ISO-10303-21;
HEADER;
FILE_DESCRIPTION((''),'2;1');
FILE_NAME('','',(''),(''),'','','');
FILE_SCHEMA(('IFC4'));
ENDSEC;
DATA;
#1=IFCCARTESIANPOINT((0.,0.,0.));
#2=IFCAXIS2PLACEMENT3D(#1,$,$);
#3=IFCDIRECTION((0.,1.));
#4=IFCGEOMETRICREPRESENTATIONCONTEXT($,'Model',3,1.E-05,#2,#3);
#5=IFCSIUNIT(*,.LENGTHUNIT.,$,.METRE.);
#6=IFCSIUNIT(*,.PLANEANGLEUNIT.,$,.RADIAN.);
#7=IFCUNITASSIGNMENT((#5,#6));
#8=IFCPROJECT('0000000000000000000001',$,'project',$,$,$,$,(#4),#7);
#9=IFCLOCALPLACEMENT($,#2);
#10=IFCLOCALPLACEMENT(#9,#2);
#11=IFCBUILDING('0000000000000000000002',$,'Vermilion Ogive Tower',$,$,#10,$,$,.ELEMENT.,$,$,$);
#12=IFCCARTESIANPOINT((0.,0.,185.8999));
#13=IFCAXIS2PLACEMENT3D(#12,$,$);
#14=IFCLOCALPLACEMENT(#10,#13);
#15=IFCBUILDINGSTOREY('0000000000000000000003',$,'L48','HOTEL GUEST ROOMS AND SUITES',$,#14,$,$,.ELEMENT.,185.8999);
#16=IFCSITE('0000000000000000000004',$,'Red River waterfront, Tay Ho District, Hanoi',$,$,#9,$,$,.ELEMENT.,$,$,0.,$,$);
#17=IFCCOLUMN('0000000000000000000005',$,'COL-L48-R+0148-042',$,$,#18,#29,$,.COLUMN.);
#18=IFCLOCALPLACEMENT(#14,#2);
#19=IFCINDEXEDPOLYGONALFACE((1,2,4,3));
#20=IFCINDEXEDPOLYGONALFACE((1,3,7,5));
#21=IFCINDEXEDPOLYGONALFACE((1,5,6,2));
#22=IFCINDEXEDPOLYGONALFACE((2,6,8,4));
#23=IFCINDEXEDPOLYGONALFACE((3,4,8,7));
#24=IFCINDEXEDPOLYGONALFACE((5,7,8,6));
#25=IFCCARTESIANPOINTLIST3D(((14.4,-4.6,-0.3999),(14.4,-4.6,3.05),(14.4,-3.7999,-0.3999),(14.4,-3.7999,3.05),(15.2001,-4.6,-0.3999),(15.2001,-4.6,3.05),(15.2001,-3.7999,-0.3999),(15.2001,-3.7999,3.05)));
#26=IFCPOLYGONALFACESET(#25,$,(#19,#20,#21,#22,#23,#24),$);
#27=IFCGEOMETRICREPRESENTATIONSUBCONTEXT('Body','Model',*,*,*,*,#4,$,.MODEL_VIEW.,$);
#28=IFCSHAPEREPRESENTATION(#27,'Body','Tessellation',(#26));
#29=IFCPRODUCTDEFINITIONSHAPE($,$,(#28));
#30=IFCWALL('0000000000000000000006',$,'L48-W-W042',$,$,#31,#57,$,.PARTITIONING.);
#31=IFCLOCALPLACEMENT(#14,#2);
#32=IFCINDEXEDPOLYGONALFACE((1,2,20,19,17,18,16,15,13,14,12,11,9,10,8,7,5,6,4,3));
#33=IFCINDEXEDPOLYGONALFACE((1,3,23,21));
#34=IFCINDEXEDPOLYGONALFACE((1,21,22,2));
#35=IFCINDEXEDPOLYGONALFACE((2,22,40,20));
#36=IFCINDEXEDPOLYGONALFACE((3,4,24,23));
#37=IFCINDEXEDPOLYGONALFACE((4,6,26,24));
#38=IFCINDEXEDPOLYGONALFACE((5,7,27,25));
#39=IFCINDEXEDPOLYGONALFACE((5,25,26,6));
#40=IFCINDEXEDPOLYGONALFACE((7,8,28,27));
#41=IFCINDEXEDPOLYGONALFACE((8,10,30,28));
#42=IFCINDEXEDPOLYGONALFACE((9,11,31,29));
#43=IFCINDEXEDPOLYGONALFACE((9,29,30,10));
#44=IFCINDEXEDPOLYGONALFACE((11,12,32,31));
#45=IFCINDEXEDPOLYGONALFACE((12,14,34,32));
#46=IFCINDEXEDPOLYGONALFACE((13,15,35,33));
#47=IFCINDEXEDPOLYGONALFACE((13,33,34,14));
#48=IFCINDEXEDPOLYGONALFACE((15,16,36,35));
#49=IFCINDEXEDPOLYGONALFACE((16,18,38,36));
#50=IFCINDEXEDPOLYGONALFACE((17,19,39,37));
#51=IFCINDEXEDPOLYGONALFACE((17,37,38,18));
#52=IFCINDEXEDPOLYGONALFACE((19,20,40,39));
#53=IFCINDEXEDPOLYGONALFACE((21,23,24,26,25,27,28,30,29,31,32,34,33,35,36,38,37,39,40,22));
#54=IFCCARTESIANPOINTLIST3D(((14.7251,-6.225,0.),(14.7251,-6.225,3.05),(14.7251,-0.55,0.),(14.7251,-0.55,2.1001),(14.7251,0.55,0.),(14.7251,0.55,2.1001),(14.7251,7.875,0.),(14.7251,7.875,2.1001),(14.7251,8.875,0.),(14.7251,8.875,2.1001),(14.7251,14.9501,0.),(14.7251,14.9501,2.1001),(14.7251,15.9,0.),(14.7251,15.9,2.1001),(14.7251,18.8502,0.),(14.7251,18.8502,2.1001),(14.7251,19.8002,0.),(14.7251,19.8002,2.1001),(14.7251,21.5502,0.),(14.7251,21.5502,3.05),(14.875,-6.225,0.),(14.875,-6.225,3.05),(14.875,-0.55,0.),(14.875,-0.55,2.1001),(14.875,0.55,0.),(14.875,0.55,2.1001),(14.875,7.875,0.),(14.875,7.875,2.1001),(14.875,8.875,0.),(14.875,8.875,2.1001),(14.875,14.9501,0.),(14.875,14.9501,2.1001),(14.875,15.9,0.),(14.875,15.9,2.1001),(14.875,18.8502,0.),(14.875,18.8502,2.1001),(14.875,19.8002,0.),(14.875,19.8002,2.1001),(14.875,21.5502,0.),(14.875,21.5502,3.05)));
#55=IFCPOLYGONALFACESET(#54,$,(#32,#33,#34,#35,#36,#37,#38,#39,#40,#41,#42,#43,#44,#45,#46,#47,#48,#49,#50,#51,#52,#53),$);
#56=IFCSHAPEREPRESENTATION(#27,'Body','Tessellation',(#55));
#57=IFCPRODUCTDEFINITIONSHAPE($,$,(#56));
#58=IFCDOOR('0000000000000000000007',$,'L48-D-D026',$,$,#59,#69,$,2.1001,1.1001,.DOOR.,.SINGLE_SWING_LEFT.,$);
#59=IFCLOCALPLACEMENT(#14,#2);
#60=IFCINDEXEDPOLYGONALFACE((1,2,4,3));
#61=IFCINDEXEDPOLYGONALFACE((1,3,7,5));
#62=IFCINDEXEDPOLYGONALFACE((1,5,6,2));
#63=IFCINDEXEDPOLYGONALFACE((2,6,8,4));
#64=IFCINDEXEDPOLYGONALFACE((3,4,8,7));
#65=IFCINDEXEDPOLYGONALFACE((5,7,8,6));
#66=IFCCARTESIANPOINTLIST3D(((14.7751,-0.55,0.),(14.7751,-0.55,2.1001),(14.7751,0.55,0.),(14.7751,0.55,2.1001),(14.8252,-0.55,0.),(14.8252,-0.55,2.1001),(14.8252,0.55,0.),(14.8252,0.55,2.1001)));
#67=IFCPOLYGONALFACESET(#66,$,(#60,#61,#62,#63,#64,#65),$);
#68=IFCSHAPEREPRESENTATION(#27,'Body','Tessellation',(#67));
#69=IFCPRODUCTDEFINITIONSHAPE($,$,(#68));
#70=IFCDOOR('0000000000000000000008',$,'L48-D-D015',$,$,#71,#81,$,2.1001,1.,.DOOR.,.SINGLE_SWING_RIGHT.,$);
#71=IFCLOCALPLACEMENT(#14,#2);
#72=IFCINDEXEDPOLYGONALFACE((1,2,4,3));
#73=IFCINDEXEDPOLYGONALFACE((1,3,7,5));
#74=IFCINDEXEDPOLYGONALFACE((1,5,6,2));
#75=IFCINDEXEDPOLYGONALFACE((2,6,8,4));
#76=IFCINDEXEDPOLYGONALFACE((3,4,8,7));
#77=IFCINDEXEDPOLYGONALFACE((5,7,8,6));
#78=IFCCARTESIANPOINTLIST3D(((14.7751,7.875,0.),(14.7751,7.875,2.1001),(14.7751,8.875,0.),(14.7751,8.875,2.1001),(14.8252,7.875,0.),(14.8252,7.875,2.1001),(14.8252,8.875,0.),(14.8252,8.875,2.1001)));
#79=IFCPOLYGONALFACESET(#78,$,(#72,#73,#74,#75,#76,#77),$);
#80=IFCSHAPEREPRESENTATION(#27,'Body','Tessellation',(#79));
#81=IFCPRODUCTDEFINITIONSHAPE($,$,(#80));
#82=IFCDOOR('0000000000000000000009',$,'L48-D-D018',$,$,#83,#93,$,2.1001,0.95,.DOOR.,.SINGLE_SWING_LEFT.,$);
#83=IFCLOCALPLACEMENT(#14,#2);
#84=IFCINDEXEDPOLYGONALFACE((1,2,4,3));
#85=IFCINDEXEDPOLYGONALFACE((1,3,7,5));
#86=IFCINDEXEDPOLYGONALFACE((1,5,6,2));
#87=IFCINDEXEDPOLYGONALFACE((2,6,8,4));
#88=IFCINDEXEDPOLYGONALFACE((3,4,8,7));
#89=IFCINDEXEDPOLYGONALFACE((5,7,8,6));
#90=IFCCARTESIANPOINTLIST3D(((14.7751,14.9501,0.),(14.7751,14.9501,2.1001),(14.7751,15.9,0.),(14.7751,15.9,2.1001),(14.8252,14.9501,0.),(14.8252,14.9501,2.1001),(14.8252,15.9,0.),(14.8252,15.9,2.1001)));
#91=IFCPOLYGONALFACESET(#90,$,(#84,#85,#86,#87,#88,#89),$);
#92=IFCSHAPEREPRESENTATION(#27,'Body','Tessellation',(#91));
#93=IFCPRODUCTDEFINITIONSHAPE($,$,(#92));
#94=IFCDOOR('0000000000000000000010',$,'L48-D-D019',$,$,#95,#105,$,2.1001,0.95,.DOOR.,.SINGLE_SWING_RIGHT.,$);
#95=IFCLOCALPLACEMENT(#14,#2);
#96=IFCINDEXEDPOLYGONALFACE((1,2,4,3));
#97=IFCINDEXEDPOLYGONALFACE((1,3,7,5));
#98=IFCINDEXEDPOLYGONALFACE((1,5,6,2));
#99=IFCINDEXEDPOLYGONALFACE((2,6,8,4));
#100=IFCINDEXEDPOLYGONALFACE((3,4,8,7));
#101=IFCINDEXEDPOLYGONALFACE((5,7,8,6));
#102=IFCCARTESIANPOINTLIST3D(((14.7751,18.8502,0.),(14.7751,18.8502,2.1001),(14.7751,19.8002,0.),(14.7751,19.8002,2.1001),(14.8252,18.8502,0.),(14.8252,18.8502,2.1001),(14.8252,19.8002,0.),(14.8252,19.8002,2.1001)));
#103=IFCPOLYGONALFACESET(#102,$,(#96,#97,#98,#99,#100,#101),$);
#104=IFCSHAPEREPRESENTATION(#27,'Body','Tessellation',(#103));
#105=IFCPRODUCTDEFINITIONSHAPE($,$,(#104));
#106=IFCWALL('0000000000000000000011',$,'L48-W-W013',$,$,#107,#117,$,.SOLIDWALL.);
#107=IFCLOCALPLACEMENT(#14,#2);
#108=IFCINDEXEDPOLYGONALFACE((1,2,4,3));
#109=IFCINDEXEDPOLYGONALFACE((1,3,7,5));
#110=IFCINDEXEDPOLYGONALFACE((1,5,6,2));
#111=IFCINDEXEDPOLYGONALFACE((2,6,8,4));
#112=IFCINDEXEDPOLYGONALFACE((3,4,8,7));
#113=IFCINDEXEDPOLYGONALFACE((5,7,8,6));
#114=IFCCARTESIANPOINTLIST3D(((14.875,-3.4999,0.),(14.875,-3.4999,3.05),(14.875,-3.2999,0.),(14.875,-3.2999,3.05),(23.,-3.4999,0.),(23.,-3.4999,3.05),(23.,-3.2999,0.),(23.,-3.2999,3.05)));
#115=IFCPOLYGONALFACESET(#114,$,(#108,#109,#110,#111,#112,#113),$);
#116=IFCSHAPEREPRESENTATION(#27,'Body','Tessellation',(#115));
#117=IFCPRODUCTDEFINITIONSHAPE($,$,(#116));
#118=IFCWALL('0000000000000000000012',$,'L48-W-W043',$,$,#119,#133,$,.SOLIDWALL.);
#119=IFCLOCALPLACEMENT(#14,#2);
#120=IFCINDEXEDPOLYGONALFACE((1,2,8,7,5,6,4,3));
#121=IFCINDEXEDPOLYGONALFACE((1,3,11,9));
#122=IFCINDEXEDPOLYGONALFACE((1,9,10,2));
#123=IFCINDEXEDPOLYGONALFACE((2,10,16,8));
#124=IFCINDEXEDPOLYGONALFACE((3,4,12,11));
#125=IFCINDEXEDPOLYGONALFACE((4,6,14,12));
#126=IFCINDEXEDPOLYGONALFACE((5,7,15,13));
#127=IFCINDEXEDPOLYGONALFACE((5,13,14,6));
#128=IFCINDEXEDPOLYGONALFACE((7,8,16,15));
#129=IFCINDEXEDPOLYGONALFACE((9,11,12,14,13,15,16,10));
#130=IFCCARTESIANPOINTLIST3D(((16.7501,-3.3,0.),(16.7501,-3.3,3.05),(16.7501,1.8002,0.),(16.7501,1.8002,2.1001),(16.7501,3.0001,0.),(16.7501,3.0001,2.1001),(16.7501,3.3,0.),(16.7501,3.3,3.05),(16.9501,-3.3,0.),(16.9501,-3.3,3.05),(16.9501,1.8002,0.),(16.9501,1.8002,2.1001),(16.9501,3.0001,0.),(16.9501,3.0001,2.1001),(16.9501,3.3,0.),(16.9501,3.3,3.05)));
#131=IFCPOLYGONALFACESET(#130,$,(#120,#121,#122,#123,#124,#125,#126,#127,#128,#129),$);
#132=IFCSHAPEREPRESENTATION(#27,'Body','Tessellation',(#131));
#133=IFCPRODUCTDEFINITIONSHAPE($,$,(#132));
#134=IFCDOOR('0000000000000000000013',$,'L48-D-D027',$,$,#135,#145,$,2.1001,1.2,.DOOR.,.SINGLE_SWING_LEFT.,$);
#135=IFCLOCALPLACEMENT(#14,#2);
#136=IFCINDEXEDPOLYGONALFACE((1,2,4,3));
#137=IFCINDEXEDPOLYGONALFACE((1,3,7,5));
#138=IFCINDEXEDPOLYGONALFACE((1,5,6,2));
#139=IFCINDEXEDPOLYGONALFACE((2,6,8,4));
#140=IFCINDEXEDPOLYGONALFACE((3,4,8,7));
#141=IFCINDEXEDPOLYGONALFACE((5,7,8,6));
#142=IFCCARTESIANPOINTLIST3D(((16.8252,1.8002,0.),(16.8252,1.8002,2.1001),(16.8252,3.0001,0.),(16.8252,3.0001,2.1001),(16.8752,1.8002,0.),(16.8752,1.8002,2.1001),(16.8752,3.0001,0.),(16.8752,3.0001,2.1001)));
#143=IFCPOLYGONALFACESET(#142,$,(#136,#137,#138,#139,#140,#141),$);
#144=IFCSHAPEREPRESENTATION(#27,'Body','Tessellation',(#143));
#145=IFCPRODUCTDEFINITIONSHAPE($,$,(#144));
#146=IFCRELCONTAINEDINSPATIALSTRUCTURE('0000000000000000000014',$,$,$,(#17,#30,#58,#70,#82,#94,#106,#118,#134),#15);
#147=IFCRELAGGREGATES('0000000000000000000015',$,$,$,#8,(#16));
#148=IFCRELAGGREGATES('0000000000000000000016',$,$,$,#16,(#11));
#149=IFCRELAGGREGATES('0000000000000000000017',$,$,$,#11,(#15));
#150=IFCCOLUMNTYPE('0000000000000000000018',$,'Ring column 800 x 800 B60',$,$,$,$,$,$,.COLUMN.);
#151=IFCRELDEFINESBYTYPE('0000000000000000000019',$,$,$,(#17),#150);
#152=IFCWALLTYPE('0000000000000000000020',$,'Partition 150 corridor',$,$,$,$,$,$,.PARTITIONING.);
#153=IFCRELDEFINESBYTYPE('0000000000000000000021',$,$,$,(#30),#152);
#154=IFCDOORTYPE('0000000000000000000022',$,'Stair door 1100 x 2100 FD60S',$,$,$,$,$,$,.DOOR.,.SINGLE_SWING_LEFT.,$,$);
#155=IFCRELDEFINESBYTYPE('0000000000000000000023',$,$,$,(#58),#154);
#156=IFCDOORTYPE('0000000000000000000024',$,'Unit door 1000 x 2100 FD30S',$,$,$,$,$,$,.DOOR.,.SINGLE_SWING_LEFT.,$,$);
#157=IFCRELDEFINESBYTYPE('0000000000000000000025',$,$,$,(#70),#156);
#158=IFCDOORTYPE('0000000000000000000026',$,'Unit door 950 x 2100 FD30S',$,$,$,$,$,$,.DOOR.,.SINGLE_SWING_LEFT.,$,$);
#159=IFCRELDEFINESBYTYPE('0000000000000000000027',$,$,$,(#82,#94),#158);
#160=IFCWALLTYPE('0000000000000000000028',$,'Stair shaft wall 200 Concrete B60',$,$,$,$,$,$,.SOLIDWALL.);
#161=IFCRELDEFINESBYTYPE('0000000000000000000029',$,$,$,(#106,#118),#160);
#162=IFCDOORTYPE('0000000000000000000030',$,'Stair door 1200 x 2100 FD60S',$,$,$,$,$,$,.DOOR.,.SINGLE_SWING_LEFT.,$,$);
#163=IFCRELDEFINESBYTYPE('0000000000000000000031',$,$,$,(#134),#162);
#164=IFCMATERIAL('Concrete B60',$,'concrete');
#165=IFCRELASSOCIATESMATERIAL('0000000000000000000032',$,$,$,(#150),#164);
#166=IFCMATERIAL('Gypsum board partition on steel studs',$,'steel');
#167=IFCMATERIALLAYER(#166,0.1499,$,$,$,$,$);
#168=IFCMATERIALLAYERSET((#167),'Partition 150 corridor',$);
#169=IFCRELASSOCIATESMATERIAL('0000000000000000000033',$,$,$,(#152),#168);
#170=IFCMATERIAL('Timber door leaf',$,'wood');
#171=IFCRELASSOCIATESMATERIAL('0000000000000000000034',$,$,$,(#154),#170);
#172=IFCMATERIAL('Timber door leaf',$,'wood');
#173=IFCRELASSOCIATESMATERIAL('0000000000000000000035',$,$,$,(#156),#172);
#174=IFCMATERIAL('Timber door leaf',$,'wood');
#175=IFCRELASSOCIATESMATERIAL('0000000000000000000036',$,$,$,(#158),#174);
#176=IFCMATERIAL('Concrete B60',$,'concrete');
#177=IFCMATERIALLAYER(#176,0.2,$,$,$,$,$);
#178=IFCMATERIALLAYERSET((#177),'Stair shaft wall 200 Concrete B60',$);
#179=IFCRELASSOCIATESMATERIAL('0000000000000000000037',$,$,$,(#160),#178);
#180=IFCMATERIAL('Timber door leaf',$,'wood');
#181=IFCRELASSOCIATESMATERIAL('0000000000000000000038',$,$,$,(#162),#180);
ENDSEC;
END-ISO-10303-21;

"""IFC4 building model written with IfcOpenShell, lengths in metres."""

from ifc_helpers import new_model, si_unit, direction, frame, frame_2d, origin, origin_2d, place, context, subcontext, project, spatial, rectangle, extrude, material, layer, layer_set, material_profile, profile_set, type_object, element, fill, save


model = new_model("IFC4")

# Units and contexts
model_context = context("Model", 3, precision=1e-05, world=origin(), true_north=direction((0.0, 1.0)))
body_context = subcontext(model_context, "Body", "Model", "MODEL_VIEW")
ifc_project = project(units=[si_unit("LENGTHUNIT", "METRE"), si_unit("PLANEANGLEUNIT", "RADIAN")], contexts=[model_context])

# Site, building, storey
site_placement = place(None, origin())
site = spatial("IfcSite", under=ifc_project, at=site_placement, Name="Red River waterfront, Tay Ho District, Hanoi", CompositionType="ELEMENT", RefElevation=0.0)
building_placement = place(site_placement, origin())
building = spatial("IfcBuilding", under=site, at=building_placement, Name="Vermilion Ogive Tower", CompositionType="ELEMENT")
storey_placement = place(building_placement, frame((0.0, 0.0, 185.8999)))
storey = spatial("IfcBuildingStorey", under=building, at=storey_placement, Name="L48", Description="HOTEL GUEST ROOMS AND SUITES", CompositionType="ELEMENT", Elevation=185.8999)

# Column
ifc_material_1 = material(Name="Concrete B60", Category="concrete")
ifc_material_profile = material_profile(ifc_material_1, rectangle(XDim=0.8, YDim=0.8, at=origin_2d()), Name="800 x 800")
ifc_profile_set = profile_set([ifc_material_profile], Name="Concrete B60")
column_type = type_object("IfcColumnType", Name="Ring column 800 x 800 B60", PredefinedType="COLUMN", material=ifc_profile_set)
column_placement = place(storey_placement, frame((14.8, -4.2, -0.3999), z_axis=(0.0, 0.0, 1.0), x_axis=(1.0, 0.0, 0.0)))
element("IfcColumn", 1, at=column_placement, inside=storey, type_object=column_type, Name="COL-L48-R+0148-042", PredefinedType="COLUMN", context=body_context, shape_type="SweptSolid", body=[
    extrude(rectangle(XDim=0.8, YDim=0.8, at=origin_2d()), origin(), (0.0, 0.0, 1.0), 3.45),
])

# Wall, openings, doors
ifc_material_2 = material(Name="Gypsum board partition on steel studs", Category="steel")
ifc_layer_1 = layer(ifc_material_2, 0.1499)
ifc_layer_set_1 = layer_set([ifc_layer_1], Name="Partition 150 corridor")
wall_type_1 = type_object("IfcWallType", Name="Partition 150 corridor", PredefinedType="PARTITIONING", material=ifc_layer_set_1)
wall_1_placement = place(storey_placement, frame((14.8, -6.2251, 0.0), z_axis=(0.0, 0.0, 1.0), x_axis=(0.0, 1.0, 0.0)))
wall_1 = element("IfcWall", 2, at=wall_1_placement, inside=storey, type_object=wall_type_1, Name="L48-W-W042", PredefinedType="PARTITIONING", context=body_context, shape_type="SweptSolid", body=[
    extrude(rectangle(XDim=27.7751, YDim=0.1499, at=frame_2d((13.8877, 0.0))), origin(), (0.0, 0.0, 1.0), 3.05),
])
opening_1_placement = place(wall_1_placement, frame((14.1001, 0.0, 0.0)))
opening_1 = element("IfcOpeningElement", 3, at=opening_1_placement, cuts=wall_1, PredefinedType="OPENING", context=body_context, shape_type="SweptSolid", body=[
    extrude(rectangle(XDim=1.0, YDim=2.1001, at=frame_2d((0.5, 1.05))), frame((0.0, 0.085, 0.0), z_axis=(0.0, -1.0, 0.0), x_axis=(1.0, 0.0, 0.0)), (0.0, 0.0, 1.0), 0.1699),
])
opening_2_placement = place(wall_1_placement, frame((21.175, 0.0, 0.0)))
opening_2 = element("IfcOpeningElement", 4, at=opening_2_placement, cuts=wall_1, PredefinedType="OPENING", context=body_context, shape_type="SweptSolid", body=[
    extrude(rectangle(XDim=0.95, YDim=2.1001, at=frame_2d((0.4751, 1.05))), frame((0.0, 0.085, 0.0), z_axis=(0.0, -1.0, 0.0), x_axis=(1.0, 0.0, 0.0)), (0.0, 0.0, 1.0), 0.1699),
])
opening_3_placement = place(wall_1_placement, frame((25.0752, 0.0, 0.0)))
opening_3 = element("IfcOpeningElement", 5, at=opening_3_placement, cuts=wall_1, PredefinedType="OPENING", context=body_context, shape_type="SweptSolid", body=[
    extrude(rectangle(XDim=0.95, YDim=2.1001, at=frame_2d((0.4751, 1.05))), frame((0.0, 0.085, 0.0), z_axis=(0.0, -1.0, 0.0), x_axis=(1.0, 0.0, 0.0)), (0.0, 0.0, 1.0), 0.1699),
])
opening_4_placement = place(wall_1_placement, frame((5.675, 0.0, 0.0)))
opening_4 = element("IfcOpeningElement", 6, at=opening_4_placement, cuts=wall_1, PredefinedType="OPENING", context=body_context, shape_type="SweptSolid", body=[
    extrude(rectangle(XDim=1.1001, YDim=2.1001, at=frame_2d((0.55, 1.05))), frame((0.0, 0.085, 0.0), z_axis=(0.0, -1.0, 0.0), x_axis=(1.0, 0.0, 0.0)), (0.0, 0.0, 1.0), 0.1699),
])
ifc_material_3 = material(Name="Timber door leaf", Category="wood")
door_type_1 = type_object("IfcDoorType", Name="Stair door 1100 x 2100 FD60S", OperationType="SINGLE_SWING_LEFT", PredefinedType="DOOR", material=ifc_material_3)
door_1_placement = place(opening_4_placement, origin())
door_1 = element("IfcDoor", 7, at=door_1_placement, inside=storey, type_object=door_type_1, Name="L48-D-D026", OperationType="SINGLE_SWING_LEFT", OverallHeight=2.1001, OverallWidth=1.1001, PredefinedType="DOOR", context=body_context, shape_type="SweptSolid", body=[
    extrude(rectangle(XDim=1.1001, YDim=2.1001, at=frame_2d((0.55, 1.05))), frame((0.0, 0.0249, 0.0), z_axis=(0.0, -1.0, 0.0), x_axis=(1.0, 0.0, 0.0)), (0.0, 0.0, 1.0), 0.05),
])
fill(opening_4, door_1)
ifc_material_4 = material(Name="Timber door leaf", Category="wood")
door_type_2 = type_object("IfcDoorType", Name="Unit door 1000 x 2100 FD30S", OperationType="SINGLE_SWING_LEFT", PredefinedType="DOOR", material=ifc_material_4)
door_2_placement = place(opening_1_placement, origin())
door_2 = element("IfcDoor", 8, at=door_2_placement, inside=storey, type_object=door_type_2, Name="L48-D-D015", OperationType="SINGLE_SWING_RIGHT", OverallHeight=2.1001, OverallWidth=1.0, PredefinedType="DOOR", context=body_context, shape_type="SweptSolid", body=[
    extrude(rectangle(XDim=1.0, YDim=2.1001, at=frame_2d((0.5, 1.05))), frame((0.0, 0.0249, 0.0), z_axis=(0.0, -1.0, 0.0), x_axis=(1.0, 0.0, 0.0)), (0.0, 0.0, 1.0), 0.05),
])
fill(opening_1, door_2)
ifc_material_5 = material(Name="Timber door leaf", Category="wood")
door_type_3 = type_object("IfcDoorType", Name="Unit door 950 x 2100 FD30S", OperationType="SINGLE_SWING_LEFT", PredefinedType="DOOR", material=ifc_material_5)
door_3_placement = place(opening_2_placement, origin())
door_3 = element("IfcDoor", 9, at=door_3_placement, inside=storey, type_object=door_type_3, Name="L48-D-D018", OperationType="SINGLE_SWING_LEFT", OverallHeight=2.1001, OverallWidth=0.95, PredefinedType="DOOR", context=body_context, shape_type="SweptSolid", body=[
    extrude(rectangle(XDim=0.95, YDim=2.1001, at=frame_2d((0.4751, 1.05))), frame((0.0, 0.0249, 0.0), z_axis=(0.0, -1.0, 0.0), x_axis=(1.0, 0.0, 0.0)), (0.0, 0.0, 1.0), 0.05),
])
fill(opening_2, door_3)
door_4_placement = place(opening_3_placement, origin())
door_4 = element("IfcDoor", 10, at=door_4_placement, inside=storey, type_object=door_type_3, Name="L48-D-D019", OperationType="SINGLE_SWING_RIGHT", OverallHeight=2.1001, OverallWidth=0.95, PredefinedType="DOOR", context=body_context, shape_type="SweptSolid", body=[
    extrude(rectangle(XDim=0.95, YDim=2.1001, at=frame_2d((0.4751, 1.05))), frame((0.0, 0.0249, 0.0), z_axis=(0.0, -1.0, 0.0), x_axis=(1.0, 0.0, 0.0)), (0.0, 0.0, 1.0), 0.05),
])
fill(opening_3, door_4)

# Wall
ifc_material_6 = material(Name="Concrete B60", Category="concrete")
ifc_layer_2 = layer(ifc_material_6, 0.2)
ifc_layer_set_2 = layer_set([ifc_layer_2], Name="Stair shaft wall 200 Concrete B60")
wall_type_2 = type_object("IfcWallType", Name="Stair shaft wall 200 Concrete B60", PredefinedType="SOLIDWALL", material=ifc_layer_set_2)
wall_2_placement = place(storey_placement, frame((14.875, -3.3999, 0.0), z_axis=(0.0, 0.0, 1.0), x_axis=(1.0, 0.0, 0.0)))
element("IfcWall", 11, at=wall_2_placement, inside=storey, type_object=wall_type_2, Name="L48-W-W013", PredefinedType="SOLIDWALL", context=body_context, shape_type="SweptSolid", body=[
    extrude(rectangle(XDim=8.125, YDim=0.2, at=frame_2d((4.0625, 0.0))), origin(), (0.0, 0.0, 1.0), 3.05),
])

# Wall, opening, door
wall_3_placement = place(storey_placement, frame((16.8501, -3.3, 0.0), z_axis=(0.0, 0.0, 1.0), x_axis=(0.0, 1.0, 0.0)))
wall_3 = element("IfcWall", 12, at=wall_3_placement, inside=storey, type_object=wall_type_2, Name="L48-W-W043", PredefinedType="SOLIDWALL", context=body_context, shape_type="SweptSolid", body=[
    extrude(rectangle(XDim=6.6001, YDim=0.2, at=frame_2d((3.3, 0.0))), origin(), (0.0, 0.0, 1.0), 3.05),
])
opening_5_placement = place(wall_3_placement, frame((5.1001, 0.0, 0.0)))
opening_5 = element("IfcOpeningElement", 13, at=opening_5_placement, cuts=wall_3, PredefinedType="OPENING", context=body_context, shape_type="SweptSolid", body=[
    extrude(rectangle(XDim=1.2, YDim=2.1001, at=frame_2d((0.6001, 1.05))), frame((0.0, 0.1099, 0.0), z_axis=(0.0, -1.0, 0.0), x_axis=(1.0, 0.0, 0.0)), (0.0, 0.0, 1.0), 0.22),
])
ifc_material_7 = material(Name="Timber door leaf", Category="wood")
door_type_4 = type_object("IfcDoorType", Name="Stair door 1200 x 2100 FD60S", OperationType="SINGLE_SWING_LEFT", PredefinedType="DOOR", material=ifc_material_7)
door_5_placement = place(opening_5_placement, origin())
door_5 = element("IfcDoor", 14, at=door_5_placement, inside=storey, type_object=door_type_4, Name="L48-D-D027", OperationType="SINGLE_SWING_LEFT", OverallHeight=2.1001, OverallWidth=1.2, PredefinedType="DOOR", context=body_context, shape_type="SweptSolid", body=[
    extrude(rectangle(XDim=1.2, YDim=2.1001, at=frame_2d((0.6001, 1.05))), frame((0.0, 0.0249, 0.0), z_axis=(0.0, -1.0, 0.0), x_axis=(1.0, 0.0, 0.0)), (0.0, 0.0, 1.0), 0.05),
])
fill(opening_5, door_5)

save(model, "model.ifc")
